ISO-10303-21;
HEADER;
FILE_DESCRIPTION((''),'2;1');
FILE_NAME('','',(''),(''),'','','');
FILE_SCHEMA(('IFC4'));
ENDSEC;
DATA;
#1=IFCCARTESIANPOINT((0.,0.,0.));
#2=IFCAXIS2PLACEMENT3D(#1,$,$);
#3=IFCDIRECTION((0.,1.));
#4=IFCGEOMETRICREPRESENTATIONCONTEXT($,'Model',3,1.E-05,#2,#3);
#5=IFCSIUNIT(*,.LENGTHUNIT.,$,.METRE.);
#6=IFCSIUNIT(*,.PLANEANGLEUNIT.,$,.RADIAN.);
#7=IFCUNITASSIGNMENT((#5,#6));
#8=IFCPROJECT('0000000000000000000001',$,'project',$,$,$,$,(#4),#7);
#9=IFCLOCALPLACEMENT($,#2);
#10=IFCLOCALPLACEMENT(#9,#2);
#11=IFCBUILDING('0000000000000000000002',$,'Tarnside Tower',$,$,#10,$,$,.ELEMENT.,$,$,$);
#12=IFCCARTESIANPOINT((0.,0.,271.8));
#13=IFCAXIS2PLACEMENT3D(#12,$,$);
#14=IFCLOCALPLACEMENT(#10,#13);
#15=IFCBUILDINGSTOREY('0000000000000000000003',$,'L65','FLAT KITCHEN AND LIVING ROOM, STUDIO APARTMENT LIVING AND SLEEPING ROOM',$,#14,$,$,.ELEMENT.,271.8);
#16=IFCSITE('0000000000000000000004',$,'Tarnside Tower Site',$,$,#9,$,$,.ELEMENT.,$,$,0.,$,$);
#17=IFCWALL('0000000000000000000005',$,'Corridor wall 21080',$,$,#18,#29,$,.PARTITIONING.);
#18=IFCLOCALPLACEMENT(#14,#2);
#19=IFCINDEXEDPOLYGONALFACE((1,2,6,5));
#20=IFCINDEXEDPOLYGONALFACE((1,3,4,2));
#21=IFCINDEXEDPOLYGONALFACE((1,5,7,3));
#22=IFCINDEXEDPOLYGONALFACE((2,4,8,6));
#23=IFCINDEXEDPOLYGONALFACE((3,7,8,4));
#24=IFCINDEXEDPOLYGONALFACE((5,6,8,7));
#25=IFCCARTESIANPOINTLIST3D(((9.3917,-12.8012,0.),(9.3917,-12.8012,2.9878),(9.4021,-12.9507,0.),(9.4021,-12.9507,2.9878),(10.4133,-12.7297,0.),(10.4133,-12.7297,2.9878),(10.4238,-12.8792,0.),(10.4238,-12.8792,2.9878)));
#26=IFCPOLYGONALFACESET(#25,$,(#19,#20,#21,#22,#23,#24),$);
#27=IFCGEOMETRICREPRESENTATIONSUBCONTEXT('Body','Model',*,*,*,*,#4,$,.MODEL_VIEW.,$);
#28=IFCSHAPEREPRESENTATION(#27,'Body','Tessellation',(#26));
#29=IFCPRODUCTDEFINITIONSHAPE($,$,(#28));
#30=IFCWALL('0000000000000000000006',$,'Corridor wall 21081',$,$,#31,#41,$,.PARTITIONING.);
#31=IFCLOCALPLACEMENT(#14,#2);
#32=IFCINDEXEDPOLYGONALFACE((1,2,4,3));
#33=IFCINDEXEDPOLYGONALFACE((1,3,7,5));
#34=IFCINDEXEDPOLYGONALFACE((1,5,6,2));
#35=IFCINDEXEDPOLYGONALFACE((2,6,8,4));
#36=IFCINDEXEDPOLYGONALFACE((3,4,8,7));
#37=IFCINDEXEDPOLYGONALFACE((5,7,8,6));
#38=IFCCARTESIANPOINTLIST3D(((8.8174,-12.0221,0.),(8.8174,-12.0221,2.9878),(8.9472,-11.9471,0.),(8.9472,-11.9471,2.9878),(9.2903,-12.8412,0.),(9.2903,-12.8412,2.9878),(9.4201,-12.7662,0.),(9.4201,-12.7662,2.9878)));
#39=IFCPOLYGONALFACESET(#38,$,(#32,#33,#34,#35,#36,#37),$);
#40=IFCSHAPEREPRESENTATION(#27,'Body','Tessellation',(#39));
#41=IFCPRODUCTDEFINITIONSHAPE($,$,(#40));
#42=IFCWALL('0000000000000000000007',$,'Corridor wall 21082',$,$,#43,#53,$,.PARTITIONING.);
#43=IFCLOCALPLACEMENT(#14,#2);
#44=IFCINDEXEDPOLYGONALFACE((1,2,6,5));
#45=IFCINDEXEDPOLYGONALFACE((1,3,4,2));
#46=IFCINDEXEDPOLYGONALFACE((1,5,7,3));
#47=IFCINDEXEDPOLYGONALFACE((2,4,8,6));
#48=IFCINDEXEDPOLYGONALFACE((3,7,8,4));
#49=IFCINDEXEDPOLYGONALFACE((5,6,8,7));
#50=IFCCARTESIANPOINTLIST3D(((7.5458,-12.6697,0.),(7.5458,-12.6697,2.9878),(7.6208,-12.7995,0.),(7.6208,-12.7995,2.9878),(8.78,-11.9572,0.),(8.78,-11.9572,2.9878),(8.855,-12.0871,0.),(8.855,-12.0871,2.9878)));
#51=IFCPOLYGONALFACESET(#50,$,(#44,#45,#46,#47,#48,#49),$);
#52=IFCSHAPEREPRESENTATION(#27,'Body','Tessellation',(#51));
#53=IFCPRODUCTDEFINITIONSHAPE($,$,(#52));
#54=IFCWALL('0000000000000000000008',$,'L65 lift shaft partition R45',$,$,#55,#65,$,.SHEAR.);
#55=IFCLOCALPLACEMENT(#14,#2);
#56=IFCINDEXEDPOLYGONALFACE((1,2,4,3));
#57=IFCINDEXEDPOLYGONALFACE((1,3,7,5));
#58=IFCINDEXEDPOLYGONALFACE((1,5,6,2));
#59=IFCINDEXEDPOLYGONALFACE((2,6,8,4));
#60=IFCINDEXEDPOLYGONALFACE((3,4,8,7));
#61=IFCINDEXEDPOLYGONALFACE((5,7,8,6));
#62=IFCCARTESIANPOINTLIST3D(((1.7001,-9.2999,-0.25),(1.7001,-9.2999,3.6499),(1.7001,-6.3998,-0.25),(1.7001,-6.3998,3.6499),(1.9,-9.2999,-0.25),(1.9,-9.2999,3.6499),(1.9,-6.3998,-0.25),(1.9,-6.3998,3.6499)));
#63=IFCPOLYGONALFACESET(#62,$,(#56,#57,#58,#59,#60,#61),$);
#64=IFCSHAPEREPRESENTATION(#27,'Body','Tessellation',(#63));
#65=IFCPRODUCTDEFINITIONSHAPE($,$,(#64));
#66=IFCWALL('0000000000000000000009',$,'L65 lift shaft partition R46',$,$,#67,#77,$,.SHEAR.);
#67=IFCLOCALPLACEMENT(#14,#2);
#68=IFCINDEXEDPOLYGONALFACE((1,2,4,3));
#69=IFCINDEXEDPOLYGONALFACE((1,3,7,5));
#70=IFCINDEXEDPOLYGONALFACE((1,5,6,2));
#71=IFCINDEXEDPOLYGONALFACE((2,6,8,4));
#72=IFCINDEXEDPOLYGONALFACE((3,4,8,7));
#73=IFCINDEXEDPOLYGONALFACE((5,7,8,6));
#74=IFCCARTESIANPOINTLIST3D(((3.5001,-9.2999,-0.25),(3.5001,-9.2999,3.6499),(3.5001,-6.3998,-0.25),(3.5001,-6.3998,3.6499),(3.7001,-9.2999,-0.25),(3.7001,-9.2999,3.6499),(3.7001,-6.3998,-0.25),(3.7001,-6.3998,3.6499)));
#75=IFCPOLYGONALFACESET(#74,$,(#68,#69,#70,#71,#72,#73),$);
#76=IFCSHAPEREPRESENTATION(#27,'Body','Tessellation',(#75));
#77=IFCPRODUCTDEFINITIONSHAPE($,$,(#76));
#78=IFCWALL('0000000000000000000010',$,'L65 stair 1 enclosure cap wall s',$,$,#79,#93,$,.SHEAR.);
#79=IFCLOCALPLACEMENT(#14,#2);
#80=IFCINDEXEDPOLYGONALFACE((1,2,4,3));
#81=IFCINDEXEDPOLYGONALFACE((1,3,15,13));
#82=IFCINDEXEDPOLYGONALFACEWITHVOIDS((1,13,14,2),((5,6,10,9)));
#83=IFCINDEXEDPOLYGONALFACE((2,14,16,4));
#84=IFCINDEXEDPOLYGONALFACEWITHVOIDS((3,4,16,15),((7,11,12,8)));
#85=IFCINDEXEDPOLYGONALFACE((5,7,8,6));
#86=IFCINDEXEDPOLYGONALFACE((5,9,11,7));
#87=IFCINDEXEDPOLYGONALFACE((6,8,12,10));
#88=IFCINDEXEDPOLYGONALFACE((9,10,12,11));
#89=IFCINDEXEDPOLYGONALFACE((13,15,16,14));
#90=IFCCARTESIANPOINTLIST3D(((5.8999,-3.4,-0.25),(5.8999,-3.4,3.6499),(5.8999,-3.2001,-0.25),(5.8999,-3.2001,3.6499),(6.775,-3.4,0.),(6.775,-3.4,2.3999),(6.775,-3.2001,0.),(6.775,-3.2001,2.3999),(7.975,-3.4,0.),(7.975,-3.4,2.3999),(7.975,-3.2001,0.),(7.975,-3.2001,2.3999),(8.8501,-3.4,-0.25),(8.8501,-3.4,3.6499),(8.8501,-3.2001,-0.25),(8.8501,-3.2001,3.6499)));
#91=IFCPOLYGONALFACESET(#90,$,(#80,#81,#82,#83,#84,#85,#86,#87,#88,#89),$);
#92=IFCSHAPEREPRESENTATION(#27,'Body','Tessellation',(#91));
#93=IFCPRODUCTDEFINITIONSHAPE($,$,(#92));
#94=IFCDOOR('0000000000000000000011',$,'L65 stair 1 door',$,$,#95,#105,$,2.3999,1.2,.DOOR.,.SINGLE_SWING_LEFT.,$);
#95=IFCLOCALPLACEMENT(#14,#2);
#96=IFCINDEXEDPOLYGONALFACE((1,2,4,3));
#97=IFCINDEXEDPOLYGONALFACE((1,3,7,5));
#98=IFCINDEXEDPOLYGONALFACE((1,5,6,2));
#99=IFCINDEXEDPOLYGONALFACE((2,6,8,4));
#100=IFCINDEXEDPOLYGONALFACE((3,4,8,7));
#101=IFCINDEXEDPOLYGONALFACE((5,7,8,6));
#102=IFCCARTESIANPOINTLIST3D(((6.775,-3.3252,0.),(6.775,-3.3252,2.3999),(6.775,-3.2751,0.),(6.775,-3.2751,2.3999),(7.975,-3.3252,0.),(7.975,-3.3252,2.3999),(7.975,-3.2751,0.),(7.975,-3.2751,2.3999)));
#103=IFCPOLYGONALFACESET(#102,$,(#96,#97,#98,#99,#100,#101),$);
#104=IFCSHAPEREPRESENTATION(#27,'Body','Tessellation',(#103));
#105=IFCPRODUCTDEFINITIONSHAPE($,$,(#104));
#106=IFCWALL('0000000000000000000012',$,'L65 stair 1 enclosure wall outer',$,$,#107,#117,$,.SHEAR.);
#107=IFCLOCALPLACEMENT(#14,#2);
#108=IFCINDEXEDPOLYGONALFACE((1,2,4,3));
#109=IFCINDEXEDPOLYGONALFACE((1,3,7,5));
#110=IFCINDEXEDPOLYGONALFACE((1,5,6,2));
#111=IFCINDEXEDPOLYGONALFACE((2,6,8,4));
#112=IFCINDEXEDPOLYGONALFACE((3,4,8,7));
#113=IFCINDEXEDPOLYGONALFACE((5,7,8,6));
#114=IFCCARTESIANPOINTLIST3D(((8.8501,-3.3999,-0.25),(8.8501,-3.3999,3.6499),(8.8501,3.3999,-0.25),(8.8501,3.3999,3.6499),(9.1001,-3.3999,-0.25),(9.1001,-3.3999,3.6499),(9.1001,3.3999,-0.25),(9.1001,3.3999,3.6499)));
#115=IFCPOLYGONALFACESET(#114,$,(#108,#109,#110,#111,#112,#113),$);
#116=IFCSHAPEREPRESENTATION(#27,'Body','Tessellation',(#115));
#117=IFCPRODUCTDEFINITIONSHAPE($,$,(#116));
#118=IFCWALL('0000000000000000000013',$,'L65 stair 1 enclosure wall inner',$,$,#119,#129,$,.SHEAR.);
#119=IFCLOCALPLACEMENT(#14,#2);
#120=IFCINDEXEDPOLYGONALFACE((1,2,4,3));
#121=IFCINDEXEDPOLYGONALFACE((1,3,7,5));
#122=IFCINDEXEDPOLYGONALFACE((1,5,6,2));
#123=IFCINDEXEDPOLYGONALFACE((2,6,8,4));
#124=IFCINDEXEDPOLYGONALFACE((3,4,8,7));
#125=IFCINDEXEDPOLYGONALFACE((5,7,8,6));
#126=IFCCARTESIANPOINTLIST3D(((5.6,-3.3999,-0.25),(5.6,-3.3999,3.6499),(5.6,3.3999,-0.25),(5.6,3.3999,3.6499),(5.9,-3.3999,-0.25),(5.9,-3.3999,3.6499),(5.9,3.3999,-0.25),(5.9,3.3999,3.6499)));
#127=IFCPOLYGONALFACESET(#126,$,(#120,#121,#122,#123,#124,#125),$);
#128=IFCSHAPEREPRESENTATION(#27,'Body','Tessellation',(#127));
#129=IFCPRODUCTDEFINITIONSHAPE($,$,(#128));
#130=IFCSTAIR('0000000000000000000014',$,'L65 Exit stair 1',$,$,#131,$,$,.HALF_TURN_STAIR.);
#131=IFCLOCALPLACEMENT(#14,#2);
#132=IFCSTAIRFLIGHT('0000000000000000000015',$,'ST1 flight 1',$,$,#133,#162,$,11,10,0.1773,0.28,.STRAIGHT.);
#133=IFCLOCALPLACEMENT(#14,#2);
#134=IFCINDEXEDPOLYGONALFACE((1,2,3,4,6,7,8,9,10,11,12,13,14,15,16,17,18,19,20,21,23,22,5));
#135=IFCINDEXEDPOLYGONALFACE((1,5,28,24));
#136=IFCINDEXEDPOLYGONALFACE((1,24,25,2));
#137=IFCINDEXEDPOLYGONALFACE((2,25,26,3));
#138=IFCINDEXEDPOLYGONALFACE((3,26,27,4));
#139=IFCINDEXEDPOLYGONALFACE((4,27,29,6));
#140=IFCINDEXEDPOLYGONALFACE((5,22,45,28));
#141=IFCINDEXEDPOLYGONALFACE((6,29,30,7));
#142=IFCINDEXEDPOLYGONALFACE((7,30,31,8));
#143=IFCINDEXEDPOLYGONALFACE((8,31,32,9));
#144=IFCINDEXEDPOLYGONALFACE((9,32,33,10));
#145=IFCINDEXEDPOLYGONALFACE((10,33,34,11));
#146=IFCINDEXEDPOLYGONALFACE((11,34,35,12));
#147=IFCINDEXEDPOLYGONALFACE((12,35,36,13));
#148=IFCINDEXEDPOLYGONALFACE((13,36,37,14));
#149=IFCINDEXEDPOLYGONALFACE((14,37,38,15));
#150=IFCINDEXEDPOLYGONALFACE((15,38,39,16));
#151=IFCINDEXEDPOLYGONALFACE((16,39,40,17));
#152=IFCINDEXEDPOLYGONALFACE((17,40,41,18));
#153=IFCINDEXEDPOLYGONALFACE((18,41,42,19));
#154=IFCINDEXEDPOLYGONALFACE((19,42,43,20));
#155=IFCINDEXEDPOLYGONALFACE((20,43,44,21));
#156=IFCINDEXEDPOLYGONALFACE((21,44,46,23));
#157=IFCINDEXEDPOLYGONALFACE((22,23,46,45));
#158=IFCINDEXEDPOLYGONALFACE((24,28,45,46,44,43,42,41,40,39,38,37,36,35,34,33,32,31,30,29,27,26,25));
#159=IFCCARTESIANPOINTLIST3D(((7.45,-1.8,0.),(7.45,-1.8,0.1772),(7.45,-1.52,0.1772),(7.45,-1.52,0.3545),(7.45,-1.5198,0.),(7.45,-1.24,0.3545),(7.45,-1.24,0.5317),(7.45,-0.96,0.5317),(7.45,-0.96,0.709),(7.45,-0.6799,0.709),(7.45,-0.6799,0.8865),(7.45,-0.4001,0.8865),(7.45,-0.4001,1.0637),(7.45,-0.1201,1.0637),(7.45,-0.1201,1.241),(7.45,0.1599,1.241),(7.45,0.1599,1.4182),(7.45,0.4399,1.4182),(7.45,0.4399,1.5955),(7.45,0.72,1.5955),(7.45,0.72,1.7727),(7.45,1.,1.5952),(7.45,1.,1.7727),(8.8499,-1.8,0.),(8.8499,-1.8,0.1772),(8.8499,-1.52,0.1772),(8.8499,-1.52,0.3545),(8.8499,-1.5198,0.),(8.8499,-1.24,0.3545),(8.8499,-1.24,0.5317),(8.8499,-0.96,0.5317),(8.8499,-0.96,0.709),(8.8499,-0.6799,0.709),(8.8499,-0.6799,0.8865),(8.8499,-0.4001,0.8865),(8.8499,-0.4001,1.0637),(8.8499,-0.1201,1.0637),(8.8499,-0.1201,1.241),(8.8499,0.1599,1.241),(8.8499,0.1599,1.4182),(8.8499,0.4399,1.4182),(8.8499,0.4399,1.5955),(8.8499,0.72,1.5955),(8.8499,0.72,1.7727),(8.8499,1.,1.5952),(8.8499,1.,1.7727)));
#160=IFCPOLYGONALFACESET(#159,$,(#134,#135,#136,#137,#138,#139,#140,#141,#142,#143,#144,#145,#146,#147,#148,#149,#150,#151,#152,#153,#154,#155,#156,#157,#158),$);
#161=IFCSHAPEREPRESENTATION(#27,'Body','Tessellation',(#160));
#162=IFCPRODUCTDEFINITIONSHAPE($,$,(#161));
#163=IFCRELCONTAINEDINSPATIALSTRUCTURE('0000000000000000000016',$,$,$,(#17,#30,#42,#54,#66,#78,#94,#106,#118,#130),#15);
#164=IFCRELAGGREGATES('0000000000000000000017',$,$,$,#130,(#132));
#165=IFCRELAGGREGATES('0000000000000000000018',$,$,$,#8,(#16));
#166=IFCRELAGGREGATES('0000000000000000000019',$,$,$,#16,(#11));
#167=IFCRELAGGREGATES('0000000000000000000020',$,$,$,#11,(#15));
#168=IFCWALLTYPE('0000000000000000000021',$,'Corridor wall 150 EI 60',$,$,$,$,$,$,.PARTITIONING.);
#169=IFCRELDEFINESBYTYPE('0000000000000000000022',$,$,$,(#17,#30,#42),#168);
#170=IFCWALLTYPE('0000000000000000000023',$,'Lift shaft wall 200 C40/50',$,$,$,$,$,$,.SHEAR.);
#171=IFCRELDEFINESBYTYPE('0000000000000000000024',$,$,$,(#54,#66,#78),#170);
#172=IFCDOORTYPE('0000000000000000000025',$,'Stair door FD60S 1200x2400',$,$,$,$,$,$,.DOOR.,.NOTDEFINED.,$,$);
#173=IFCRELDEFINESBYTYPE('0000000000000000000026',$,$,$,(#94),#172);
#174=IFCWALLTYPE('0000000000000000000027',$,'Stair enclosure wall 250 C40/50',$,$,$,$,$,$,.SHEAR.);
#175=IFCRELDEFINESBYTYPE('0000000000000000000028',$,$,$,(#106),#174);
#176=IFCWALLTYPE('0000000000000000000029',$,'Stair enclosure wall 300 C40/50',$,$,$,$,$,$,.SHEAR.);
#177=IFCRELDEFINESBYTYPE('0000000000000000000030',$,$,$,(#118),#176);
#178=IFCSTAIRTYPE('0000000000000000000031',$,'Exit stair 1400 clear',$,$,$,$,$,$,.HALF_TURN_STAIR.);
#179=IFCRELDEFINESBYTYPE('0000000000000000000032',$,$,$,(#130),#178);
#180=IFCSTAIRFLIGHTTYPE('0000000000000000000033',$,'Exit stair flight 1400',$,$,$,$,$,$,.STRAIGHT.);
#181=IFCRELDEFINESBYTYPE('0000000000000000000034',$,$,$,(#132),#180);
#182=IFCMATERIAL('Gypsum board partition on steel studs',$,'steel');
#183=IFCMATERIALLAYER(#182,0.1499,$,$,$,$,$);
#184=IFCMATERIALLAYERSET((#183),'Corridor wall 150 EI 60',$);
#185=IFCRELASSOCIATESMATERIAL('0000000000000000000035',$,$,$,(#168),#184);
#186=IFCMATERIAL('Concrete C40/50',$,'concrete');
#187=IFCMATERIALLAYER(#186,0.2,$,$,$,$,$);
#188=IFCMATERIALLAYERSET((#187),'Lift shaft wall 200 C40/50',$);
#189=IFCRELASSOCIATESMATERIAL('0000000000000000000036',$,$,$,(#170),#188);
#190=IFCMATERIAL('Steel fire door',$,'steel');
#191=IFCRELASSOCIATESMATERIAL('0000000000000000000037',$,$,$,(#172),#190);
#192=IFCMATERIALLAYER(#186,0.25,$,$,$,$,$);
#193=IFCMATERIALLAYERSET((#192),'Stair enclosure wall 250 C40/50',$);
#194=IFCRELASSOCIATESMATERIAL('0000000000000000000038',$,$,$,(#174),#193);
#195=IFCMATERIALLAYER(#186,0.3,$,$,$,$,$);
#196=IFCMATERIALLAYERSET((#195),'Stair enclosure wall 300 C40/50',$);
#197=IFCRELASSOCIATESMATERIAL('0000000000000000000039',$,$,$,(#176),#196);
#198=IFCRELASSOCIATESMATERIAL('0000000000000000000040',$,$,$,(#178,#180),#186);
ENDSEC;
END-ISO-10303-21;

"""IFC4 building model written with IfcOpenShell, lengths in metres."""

from ifc_helpers import new_model, si_unit, direction, frame, frame_2d, origin, place, context, subcontext, project, spatial, polyline, rectangle, outline, extrude, material, layer, layer_set, type_object, element, fill, aggregate, save


model = new_model("IFC4")

# Units and contexts
model_context = context("Model", 3, precision=1e-05, world=origin(), true_north=direction((0.0, 1.0)))
body_context = subcontext(model_context, "Body", "Model", "MODEL_VIEW")
ifc_project = project(units=[si_unit("LENGTHUNIT", "METRE"), si_unit("PLANEANGLEUNIT", "RADIAN")], contexts=[model_context])

# Site, building, storey
site_placement = place(None, origin())
site = spatial("IfcSite", under=ifc_project, at=site_placement, Name="Tarnside Tower Site", CompositionType="ELEMENT", RefElevation=0.0)
building_placement = place(site_placement, origin())
building = spatial("IfcBuilding", under=site, at=building_placement, Name="Tarnside Tower", CompositionType="ELEMENT")
storey_placement = place(building_placement, frame((0.0, 0.0, 271.8)))
storey = spatial("IfcBuildingStorey", under=building, at=storey_placement, Name="L65", Description="FLAT KITCHEN AND LIVING ROOM, STUDIO APARTMENT LIVING AND SLEEPING ROOM", CompositionType="ELEMENT", Elevation=271.8)

# Shared definitions
ifc_material_1 = material(Name="Gypsum board partition on steel studs", Category="steel")

# Shared definitions
ifc_material_2 = material(Name="Concrete C40/50", Category="concrete")
ifc_material_3 = material(Name="Steel fire door", Category="steel")

# Walls
ifc_layer_1 = layer(ifc_material_1, 0.1499)
ifc_layer_set_1 = layer_set([ifc_layer_1], Name="Corridor wall 150 EI 60")
wall_type_1 = type_object("IfcWallType", Name="Corridor wall 150 EI 60", PredefinedType="PARTITIONING", material=ifc_layer_set_1)
wall_1_placement = place(storey_placement, frame((10.4187, -12.8044, 0.0), z_axis=(0.0, 0.0, 1.0), x_axis=(-0.997558, -0.069841, 0.0)))
element("IfcWall", 1, at=wall_1_placement, inside=storey, type_object=wall_type_1, Name="Corridor wall 21080", PredefinedType="PARTITIONING", context=body_context, shape_type="SweptSolid", body=[
    extrude(rectangle(XDim=1.0242, YDim=0.1499, at=frame_2d((0.5122, 0.0))), origin(), (0.0, 0.0, 1.0), 2.9878),
])
wall_2_placement = place(storey_placement, frame((9.3552, -12.8037, 0.0), z_axis=(0.0, 0.0, 1.0), x_axis=(-0.499998, 0.866027, 0.0)))
element("IfcWall", 2, at=wall_2_placement, inside=storey, type_object=wall_type_1, Name="Corridor wall 21081", PredefinedType="PARTITIONING", context=body_context, shape_type="SweptSolid", body=[
    extrude(rectangle(XDim=0.9458, YDim=0.1499, at=frame_2d((0.4729, 0.0))), origin(), (0.0, 0.0, 1.0), 2.9878),
])
wall_3_placement = place(storey_placement, frame((8.8174, -12.0222, 0.0), z_axis=(0.0, 0.0, 1.0), x_axis=(-0.866063, -0.499935, 0.0)))
element("IfcWall", 3, at=wall_3_placement, inside=storey, type_object=wall_type_1, Name="Corridor wall 21082", PredefinedType="PARTITIONING", context=body_context, shape_type="SweptSolid", body=[
    extrude(rectangle(XDim=1.425, YDim=0.1499, at=frame_2d((0.7124, 0.0))), origin(), (0.0, 0.0, 1.0), 2.9878),
])
ifc_layer_2 = layer(ifc_material_2, 0.2)
ifc_layer_set_2 = layer_set([ifc_layer_2], Name="Lift shaft wall 200 C40/50")
wall_type_2 = type_object("IfcWallType", Name="Lift shaft wall 200 C40/50", PredefinedType="SHEAR", material=ifc_layer_set_2)
for number, where, z_axis, x_axis, name in (
    (4, (1.8, -9.3, -0.25), (0.0, 0.0, 1.0), (0.0, 1.0, 0.0), "L65 lift shaft partition R45"),
    (5, (3.6001, -9.3, -0.25), (0.0, 0.0, 1.0), (0.0, 1.0, 0.0), "L65 lift shaft partition R46"),
):
    element("IfcWall", number, at=place(storey_placement, frame(where, z_axis=z_axis, x_axis=x_axis)), inside=storey, type_object=wall_type_2, Name=name, PredefinedType="SHEAR", context=body_context, shape_type="SweptSolid", body=[
        extrude(rectangle(XDim=2.9001, YDim=0.2, at=frame_2d((1.4502, 0.0))), origin(), (0.0, 0.0, 1.0), 3.8999),
    ])

# Wall, opening, door
wall_4_placement = place(storey_placement, frame((5.8999, -3.3, -0.25), z_axis=(0.0, 0.0, 1.0), x_axis=(1.0, 0.0, 0.0)))
wall_4 = element("IfcWall", 6, at=wall_4_placement, inside=storey, type_object=wall_type_2, Name="L65 stair 1 enclosure cap wall s", PredefinedType="SHEAR", context=body_context, shape_type="SweptSolid", body=[
    extrude(rectangle(XDim=2.9502, YDim=0.2, at=frame_2d((1.4751, 0.0))), origin(), (0.0, 0.0, 1.0), 3.8999),
])
opening_1_placement = place(wall_4_placement, frame((0.875, 0.0, 0.25)))
opening_1 = element("IfcOpeningElement", 7, at=opening_1_placement, cuts=wall_4, PredefinedType="OPENING", context=body_context, shape_type="SweptSolid", body=[
    extrude(rectangle(XDim=1.2, YDim=2.3999, at=frame_2d((0.6001, 1.2))), frame((0.0, 0.1099, 0.0), z_axis=(0.0, -1.0, 0.0), x_axis=(1.0, 0.0, 0.0)), (0.0, 0.0, 1.0), 0.22),
])
door_type_1 = type_object("IfcDoorType", Name="Stair door FD60S 1200x2400", OperationType="NOTDEFINED", PredefinedType="DOOR", material=ifc_material_3)
door_1_placement = place(opening_1_placement, origin())
door_1 = element("IfcDoor", 8, at=door_1_placement, inside=storey, type_object=door_type_1, Name="L65 stair 1 door", OperationType="SINGLE_SWING_LEFT", OverallHeight=2.3999, OverallWidth=1.2, PredefinedType="DOOR", context=body_context, shape_type="SweptSolid", body=[
    extrude(rectangle(XDim=1.2, YDim=2.3999, at=frame_2d((0.6001, 1.2))), frame((0.0, 0.0249, 0.0), z_axis=(0.0, -1.0, 0.0), x_axis=(1.0, 0.0, 0.0)), (0.0, 0.0, 1.0), 0.05),
])
fill(opening_1, door_1)

# Walls
ifc_layer_3 = layer(ifc_material_2, 0.25)
ifc_layer_set_3 = layer_set([ifc_layer_3], Name="Stair enclosure wall 250 C40/50")
wall_type_3 = type_object("IfcWallType", Name="Stair enclosure wall 250 C40/50", PredefinedType="SHEAR", material=ifc_layer_set_3)
wall_5_placement = place(storey_placement, frame((8.9751, -3.3999, -0.25), z_axis=(0.0, 0.0, 1.0), x_axis=(0.0, 1.0, 0.0)))
element("IfcWall", 9, at=wall_5_placement, inside=storey, type_object=wall_type_3, Name="L65 stair 1 enclosure wall outer", PredefinedType="SHEAR", context=body_context, shape_type="SweptSolid", body=[
    extrude(rectangle(XDim=6.7998, YDim=0.25, at=frame_2d((3.3999, 0.0))), origin(), (0.0, 0.0, 1.0), 3.8999),
])
ifc_layer_4 = layer(ifc_material_2, 0.3)
ifc_layer_set_4 = layer_set([ifc_layer_4], Name="Stair enclosure wall 300 C40/50")
wall_type_4 = type_object("IfcWallType", Name="Stair enclosure wall 300 C40/50", PredefinedType="SHEAR", material=ifc_layer_set_4)
wall_6_placement = place(storey_placement, frame((5.75, -3.3999, -0.25), z_axis=(0.0, 0.0, 1.0), x_axis=(0.0, 1.0, 0.0)))
element("IfcWall", 10, at=wall_6_placement, inside=storey, type_object=wall_type_4, Name="L65 stair 1 enclosure wall inner", PredefinedType="SHEAR", context=body_context, shape_type="SweptSolid", body=[
    extrude(rectangle(XDim=6.7998, YDim=0.3, at=frame_2d((3.3999, 0.0))), origin(), (0.0, 0.0, 1.0), 3.8999),
])

# Stair, stair flight
stair_type = type_object("IfcStairType", Name="Exit stair 1400 clear", PredefinedType="HALF_TURN_STAIR", material=ifc_material_2)
stair_placement = place(storey_placement, origin())
stair = element("IfcStair", 11, at=stair_placement, inside=storey, type_object=stair_type, Name="L65 Exit stair 1", PredefinedType="HALF_TURN_STAIR")
stair_flight_type = type_object("IfcStairFlightType", Name="Exit stair flight 1400", PredefinedType="STRAIGHT", material=ifc_material_2)
stair_flight_placement = place(storey_placement, frame((8.1499, -1.8, 0.0), z_axis=(0.0, 0.0, 1.0), x_axis=(0.0, 1.0, 0.0)))
stair_flight = element("IfcStairFlight", 12, at=stair_flight_placement, type_object=stair_flight_type, Name="ST1 flight 1", NumberOfRisers=11, NumberOfTreads=10, PredefinedType="STRAIGHT", RiserHeight=0.1773, TreadLength=0.28, context=body_context, shape_type="SweptSolid", body=[
    extrude(outline(polyline([(0.0, 0.0), (0.0, 0.1772), (0.28, 0.1772), (0.28, 0.3545), (0.5601, 0.3545), (0.5601, 0.5317), (0.8401, 0.5317), (0.8401, 0.709), (1.1201, 0.709), (1.1201, 0.8865), (1.3999, 0.8865), (1.3999, 1.0637), (1.6799, 1.0637), (1.6799, 1.241), (1.96, 1.241), (1.96, 1.4182), (2.24, 1.4182), (2.24, 1.5955), (2.52, 1.5955), (2.52, 1.7727), (2.8, 1.7727), (2.8, 1.95), (2.8, 1.5952), (0.2803, 0.0), (0.0, 0.0)])), frame((0.0, 0.7, 0.0), z_axis=(0.0, -1.0, 0.0), x_axis=(1.0, 0.0, 0.0)), (0.0, 0.0, 1.0), 1.3999),
])
aggregate(stair, [stair_flight])

save(model, "model.ifc")
